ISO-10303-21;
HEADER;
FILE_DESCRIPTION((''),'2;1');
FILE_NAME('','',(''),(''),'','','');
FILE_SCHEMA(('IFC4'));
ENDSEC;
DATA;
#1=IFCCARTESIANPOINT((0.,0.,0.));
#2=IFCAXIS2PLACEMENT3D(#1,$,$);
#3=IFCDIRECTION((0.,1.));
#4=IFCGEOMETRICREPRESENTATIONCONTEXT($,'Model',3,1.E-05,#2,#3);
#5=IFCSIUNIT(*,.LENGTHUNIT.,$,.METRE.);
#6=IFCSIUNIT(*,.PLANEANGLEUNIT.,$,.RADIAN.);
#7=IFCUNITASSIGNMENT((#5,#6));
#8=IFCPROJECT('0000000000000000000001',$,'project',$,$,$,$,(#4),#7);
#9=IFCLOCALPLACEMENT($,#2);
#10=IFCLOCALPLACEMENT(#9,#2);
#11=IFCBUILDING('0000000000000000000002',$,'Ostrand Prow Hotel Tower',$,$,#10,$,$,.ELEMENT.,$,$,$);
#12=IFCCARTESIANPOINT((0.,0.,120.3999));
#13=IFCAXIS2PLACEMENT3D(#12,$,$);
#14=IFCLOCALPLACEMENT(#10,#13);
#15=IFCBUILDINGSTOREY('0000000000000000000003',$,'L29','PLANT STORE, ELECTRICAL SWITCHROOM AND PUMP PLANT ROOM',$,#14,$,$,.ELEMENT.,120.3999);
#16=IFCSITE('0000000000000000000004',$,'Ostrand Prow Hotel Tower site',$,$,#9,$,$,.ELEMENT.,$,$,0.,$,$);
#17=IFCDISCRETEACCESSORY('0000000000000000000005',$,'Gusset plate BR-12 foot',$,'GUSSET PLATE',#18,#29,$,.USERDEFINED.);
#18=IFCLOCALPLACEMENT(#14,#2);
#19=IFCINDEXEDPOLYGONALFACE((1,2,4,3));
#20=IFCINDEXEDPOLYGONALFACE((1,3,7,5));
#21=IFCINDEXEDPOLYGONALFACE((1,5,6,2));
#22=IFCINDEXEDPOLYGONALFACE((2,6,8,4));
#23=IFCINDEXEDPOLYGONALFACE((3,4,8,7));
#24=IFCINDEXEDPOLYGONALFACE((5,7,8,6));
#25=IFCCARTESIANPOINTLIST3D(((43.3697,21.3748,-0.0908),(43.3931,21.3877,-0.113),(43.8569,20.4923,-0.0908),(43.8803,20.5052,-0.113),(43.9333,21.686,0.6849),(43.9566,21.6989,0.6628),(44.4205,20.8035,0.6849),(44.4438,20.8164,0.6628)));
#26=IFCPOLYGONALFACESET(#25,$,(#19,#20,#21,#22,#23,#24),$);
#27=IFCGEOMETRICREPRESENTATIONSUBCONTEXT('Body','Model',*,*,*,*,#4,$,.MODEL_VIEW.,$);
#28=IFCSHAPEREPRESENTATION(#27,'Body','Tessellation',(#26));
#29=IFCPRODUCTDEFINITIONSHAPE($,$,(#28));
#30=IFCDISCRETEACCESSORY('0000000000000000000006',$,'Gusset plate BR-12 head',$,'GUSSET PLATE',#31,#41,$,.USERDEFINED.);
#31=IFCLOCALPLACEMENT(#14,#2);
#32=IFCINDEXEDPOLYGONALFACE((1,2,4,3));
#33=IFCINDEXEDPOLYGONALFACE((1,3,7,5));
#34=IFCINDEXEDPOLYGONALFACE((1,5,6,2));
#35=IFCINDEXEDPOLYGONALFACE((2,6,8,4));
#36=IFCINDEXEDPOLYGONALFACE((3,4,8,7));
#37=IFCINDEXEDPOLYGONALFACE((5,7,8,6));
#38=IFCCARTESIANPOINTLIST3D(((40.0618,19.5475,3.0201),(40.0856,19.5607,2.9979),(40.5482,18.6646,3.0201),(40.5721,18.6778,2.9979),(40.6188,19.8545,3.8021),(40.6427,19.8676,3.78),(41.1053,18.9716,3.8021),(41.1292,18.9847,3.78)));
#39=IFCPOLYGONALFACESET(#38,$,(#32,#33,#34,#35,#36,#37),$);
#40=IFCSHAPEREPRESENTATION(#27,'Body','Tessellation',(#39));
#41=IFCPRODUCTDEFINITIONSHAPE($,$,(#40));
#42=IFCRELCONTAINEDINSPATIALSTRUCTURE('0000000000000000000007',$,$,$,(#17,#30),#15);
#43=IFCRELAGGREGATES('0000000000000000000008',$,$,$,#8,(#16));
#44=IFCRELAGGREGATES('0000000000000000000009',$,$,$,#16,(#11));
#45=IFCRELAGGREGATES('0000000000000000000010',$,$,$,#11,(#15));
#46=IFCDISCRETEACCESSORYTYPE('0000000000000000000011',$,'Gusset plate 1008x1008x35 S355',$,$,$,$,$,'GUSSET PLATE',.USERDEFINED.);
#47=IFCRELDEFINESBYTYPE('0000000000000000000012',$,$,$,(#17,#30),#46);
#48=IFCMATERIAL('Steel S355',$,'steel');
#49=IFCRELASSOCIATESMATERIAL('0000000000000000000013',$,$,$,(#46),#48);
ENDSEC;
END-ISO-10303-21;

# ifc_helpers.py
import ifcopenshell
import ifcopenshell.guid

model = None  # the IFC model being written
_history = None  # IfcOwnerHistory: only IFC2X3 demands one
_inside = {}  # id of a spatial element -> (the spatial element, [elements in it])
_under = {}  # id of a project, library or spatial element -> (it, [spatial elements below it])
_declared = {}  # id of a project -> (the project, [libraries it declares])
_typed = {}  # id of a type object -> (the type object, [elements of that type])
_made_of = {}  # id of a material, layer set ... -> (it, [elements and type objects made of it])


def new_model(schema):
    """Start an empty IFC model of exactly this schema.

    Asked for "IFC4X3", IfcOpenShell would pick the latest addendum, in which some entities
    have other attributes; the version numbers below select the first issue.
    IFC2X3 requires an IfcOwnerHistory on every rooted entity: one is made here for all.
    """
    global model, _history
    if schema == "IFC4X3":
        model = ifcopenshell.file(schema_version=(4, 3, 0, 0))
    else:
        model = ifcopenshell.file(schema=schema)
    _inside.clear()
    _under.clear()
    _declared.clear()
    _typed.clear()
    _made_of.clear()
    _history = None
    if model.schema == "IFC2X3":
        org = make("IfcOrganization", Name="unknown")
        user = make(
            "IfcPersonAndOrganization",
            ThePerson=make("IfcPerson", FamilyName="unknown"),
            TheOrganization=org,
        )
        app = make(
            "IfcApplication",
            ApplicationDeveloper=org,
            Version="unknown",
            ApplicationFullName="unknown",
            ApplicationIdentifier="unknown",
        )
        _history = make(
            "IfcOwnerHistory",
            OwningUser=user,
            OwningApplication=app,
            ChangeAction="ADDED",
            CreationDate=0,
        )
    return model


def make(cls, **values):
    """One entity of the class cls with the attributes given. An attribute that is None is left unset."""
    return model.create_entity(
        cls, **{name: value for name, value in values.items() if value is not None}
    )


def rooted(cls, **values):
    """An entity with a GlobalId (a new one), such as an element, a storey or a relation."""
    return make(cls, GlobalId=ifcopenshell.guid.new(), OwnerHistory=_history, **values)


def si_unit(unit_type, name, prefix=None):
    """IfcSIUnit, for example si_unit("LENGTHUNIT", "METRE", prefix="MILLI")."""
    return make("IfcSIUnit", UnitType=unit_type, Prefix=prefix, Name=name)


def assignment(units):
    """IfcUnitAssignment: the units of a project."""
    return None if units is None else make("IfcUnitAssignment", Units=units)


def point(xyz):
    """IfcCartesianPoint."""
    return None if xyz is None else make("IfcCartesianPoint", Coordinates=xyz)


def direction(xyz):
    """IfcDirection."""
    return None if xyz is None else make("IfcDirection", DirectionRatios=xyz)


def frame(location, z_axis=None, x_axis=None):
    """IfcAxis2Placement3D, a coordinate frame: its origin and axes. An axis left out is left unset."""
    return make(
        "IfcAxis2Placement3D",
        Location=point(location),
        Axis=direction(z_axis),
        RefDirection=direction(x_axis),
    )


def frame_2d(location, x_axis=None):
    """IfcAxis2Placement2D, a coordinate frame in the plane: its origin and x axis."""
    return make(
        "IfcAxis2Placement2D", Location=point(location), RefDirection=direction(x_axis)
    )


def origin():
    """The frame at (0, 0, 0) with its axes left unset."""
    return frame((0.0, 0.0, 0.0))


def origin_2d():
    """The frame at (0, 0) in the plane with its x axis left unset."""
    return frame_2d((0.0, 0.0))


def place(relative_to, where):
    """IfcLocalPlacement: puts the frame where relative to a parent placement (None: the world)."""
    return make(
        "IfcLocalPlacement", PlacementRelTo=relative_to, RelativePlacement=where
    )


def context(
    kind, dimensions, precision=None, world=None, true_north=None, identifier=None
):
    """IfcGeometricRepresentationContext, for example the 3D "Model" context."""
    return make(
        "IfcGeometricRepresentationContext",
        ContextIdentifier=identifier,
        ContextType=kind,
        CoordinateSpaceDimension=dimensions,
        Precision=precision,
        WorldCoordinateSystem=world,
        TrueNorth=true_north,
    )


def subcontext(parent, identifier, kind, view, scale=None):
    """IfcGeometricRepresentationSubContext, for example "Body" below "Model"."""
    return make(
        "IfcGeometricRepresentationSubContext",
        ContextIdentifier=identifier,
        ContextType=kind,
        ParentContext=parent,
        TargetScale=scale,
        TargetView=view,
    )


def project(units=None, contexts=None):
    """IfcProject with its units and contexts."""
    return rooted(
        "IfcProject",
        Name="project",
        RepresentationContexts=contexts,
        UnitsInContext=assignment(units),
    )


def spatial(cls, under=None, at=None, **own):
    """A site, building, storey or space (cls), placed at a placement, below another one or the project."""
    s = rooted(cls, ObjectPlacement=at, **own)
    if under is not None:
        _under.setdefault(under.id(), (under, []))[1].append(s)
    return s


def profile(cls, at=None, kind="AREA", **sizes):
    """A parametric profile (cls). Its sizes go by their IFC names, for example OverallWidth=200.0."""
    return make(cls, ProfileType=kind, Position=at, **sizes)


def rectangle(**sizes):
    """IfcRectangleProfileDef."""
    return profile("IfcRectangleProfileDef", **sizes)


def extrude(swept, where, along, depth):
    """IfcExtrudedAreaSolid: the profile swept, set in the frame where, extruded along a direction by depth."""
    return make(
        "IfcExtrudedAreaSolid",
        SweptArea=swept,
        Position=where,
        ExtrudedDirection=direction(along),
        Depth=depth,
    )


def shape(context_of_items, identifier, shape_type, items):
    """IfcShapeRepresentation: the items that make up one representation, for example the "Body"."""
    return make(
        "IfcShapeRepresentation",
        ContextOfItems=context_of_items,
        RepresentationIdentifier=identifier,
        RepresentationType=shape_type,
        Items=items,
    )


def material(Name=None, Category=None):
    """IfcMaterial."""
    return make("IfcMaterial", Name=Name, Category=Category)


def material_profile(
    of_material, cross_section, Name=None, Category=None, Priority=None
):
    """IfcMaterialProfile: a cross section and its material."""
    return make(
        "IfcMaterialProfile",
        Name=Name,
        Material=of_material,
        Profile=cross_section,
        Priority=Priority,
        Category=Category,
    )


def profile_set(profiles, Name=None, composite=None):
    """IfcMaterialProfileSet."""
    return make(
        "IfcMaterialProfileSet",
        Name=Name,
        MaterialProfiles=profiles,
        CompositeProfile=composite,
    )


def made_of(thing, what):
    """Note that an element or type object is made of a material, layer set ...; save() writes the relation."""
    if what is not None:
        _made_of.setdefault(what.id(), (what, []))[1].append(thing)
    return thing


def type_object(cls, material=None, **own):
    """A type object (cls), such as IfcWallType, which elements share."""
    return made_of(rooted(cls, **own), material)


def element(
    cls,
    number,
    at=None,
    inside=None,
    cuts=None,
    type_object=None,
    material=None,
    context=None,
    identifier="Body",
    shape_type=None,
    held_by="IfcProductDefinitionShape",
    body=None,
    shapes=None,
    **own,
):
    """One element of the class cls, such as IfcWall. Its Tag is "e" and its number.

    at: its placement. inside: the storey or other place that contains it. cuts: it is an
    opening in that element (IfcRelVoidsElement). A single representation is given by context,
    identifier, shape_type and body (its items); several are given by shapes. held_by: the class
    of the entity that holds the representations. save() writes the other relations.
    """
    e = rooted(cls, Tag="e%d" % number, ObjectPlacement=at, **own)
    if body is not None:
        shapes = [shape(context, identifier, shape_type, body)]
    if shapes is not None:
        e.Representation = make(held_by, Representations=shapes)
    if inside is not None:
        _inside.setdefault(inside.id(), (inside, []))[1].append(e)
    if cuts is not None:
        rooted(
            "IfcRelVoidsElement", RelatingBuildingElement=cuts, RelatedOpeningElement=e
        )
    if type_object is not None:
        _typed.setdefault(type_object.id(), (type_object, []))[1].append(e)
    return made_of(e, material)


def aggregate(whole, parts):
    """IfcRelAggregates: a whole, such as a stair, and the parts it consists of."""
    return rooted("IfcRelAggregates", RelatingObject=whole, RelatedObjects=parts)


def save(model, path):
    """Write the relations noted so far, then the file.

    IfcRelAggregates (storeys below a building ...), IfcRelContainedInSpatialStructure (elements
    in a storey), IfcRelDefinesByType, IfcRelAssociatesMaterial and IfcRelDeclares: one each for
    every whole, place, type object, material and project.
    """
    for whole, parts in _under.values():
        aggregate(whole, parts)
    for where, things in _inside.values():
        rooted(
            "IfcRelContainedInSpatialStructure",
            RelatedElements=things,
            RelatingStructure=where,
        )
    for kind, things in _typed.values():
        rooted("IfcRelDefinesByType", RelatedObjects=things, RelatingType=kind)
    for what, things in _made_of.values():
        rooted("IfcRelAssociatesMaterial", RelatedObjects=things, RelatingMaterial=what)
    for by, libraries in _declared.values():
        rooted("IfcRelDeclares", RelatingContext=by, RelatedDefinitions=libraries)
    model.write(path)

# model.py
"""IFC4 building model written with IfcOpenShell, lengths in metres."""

from ifc_helpers import new_model, si_unit, direction, frame, origin, origin_2d, place, context, subcontext, project, spatial, rectangle, extrude, material, material_profile, profile_set, type_object, element, save


model = new_model("IFC4")

# Units and contexts
model_context = context("Model", 3, precision=1e-05, world=origin(), true_north=direction((0.0, 1.0)))
body_context = subcontext(model_context, "Body", "Model", "MODEL_VIEW")
ifc_project = project(units=[si_unit("LENGTHUNIT", "METRE"), si_unit("PLANEANGLEUNIT", "RADIAN")], contexts=[model_context])

# Site, building, storey
site_placement = place(None, origin())
site = spatial("IfcSite", under=ifc_project, at=site_placement, Name="Ostrand Prow Hotel Tower site", CompositionType="ELEMENT", RefElevation=0.0)
building_placement = place(site_placement, origin())
building = spatial("IfcBuilding", under=site, at=building_placement, Name="Ostrand Prow Hotel Tower", CompositionType="ELEMENT")
storey_placement = place(building_placement, frame((0.0, 0.0, 120.3999)))
storey = spatial("IfcBuildingStorey", under=building, at=storey_placement, Name="L29", Description="PLANT STORE, ELECTRICAL SWITCHROOM AND PUMP PLANT ROOM", CompositionType="ELEMENT", Elevation=120.3999)

# Discrete accessories
ifc_material_1 = material(Name="Steel S355", Category="steel")
ifc_material_profile_1 = material_profile(ifc_material_1, rectangle(XDim=1.0081, YDim=1.0081, at=origin_2d()), Name="PL 1008x1008x35")
ifc_profile_set_1 = profile_set([ifc_material_profile_1], Name="Steel S355")
discrete_accessory_type = type_object("IfcDiscreteAccessoryType", Name="Gusset plate 1008x1008x35 S355", ElementType="GUSSET PLATE", PredefinedType="USERDEFINED", material=ifc_profile_set_1)
discrete_accessory_1_placement = place(storey_placement, frame((43.9185, 21.1021, 0.2749), z_axis=(-0.673688, -0.371932, 0.6386), x_axis=(0.483318, -0.875445, 0.0)))
element("IfcDiscreteAccessory", 1, at=discrete_accessory_1_placement, inside=storey, type_object=discrete_accessory_type, Name="Gusset plate BR-12 foot", ObjectType="GUSSET PLATE", PredefinedType="USERDEFINED", context=body_context, shape_type="SweptSolid", body=[
    extrude(rectangle(XDim=1.0081, YDim=1.0081, at=origin_2d()), origin(), (0.0, 0.0, 1.0), 0.0347),
])
discrete_accessory_2_placement = place(storey_placement, frame((40.6074, 19.2727, 3.3889), z_axis=(-0.679491, -0.374414, 0.630956), x_axis=(0.482605, -0.875838, 0.0)))
element("IfcDiscreteAccessory", 2, at=discrete_accessory_2_placement, inside=storey, type_object=discrete_accessory_type, Name="Gusset plate BR-12 head", ObjectType="GUSSET PLATE", PredefinedType="USERDEFINED", context=body_context, shape_type="SweptSolid", body=[
    extrude(rectangle(XDim=1.0081, YDim=1.0081, at=origin_2d()), origin(), (0.0, 0.0, 1.0), 0.0352),
])

save(model, "model.ifc")
